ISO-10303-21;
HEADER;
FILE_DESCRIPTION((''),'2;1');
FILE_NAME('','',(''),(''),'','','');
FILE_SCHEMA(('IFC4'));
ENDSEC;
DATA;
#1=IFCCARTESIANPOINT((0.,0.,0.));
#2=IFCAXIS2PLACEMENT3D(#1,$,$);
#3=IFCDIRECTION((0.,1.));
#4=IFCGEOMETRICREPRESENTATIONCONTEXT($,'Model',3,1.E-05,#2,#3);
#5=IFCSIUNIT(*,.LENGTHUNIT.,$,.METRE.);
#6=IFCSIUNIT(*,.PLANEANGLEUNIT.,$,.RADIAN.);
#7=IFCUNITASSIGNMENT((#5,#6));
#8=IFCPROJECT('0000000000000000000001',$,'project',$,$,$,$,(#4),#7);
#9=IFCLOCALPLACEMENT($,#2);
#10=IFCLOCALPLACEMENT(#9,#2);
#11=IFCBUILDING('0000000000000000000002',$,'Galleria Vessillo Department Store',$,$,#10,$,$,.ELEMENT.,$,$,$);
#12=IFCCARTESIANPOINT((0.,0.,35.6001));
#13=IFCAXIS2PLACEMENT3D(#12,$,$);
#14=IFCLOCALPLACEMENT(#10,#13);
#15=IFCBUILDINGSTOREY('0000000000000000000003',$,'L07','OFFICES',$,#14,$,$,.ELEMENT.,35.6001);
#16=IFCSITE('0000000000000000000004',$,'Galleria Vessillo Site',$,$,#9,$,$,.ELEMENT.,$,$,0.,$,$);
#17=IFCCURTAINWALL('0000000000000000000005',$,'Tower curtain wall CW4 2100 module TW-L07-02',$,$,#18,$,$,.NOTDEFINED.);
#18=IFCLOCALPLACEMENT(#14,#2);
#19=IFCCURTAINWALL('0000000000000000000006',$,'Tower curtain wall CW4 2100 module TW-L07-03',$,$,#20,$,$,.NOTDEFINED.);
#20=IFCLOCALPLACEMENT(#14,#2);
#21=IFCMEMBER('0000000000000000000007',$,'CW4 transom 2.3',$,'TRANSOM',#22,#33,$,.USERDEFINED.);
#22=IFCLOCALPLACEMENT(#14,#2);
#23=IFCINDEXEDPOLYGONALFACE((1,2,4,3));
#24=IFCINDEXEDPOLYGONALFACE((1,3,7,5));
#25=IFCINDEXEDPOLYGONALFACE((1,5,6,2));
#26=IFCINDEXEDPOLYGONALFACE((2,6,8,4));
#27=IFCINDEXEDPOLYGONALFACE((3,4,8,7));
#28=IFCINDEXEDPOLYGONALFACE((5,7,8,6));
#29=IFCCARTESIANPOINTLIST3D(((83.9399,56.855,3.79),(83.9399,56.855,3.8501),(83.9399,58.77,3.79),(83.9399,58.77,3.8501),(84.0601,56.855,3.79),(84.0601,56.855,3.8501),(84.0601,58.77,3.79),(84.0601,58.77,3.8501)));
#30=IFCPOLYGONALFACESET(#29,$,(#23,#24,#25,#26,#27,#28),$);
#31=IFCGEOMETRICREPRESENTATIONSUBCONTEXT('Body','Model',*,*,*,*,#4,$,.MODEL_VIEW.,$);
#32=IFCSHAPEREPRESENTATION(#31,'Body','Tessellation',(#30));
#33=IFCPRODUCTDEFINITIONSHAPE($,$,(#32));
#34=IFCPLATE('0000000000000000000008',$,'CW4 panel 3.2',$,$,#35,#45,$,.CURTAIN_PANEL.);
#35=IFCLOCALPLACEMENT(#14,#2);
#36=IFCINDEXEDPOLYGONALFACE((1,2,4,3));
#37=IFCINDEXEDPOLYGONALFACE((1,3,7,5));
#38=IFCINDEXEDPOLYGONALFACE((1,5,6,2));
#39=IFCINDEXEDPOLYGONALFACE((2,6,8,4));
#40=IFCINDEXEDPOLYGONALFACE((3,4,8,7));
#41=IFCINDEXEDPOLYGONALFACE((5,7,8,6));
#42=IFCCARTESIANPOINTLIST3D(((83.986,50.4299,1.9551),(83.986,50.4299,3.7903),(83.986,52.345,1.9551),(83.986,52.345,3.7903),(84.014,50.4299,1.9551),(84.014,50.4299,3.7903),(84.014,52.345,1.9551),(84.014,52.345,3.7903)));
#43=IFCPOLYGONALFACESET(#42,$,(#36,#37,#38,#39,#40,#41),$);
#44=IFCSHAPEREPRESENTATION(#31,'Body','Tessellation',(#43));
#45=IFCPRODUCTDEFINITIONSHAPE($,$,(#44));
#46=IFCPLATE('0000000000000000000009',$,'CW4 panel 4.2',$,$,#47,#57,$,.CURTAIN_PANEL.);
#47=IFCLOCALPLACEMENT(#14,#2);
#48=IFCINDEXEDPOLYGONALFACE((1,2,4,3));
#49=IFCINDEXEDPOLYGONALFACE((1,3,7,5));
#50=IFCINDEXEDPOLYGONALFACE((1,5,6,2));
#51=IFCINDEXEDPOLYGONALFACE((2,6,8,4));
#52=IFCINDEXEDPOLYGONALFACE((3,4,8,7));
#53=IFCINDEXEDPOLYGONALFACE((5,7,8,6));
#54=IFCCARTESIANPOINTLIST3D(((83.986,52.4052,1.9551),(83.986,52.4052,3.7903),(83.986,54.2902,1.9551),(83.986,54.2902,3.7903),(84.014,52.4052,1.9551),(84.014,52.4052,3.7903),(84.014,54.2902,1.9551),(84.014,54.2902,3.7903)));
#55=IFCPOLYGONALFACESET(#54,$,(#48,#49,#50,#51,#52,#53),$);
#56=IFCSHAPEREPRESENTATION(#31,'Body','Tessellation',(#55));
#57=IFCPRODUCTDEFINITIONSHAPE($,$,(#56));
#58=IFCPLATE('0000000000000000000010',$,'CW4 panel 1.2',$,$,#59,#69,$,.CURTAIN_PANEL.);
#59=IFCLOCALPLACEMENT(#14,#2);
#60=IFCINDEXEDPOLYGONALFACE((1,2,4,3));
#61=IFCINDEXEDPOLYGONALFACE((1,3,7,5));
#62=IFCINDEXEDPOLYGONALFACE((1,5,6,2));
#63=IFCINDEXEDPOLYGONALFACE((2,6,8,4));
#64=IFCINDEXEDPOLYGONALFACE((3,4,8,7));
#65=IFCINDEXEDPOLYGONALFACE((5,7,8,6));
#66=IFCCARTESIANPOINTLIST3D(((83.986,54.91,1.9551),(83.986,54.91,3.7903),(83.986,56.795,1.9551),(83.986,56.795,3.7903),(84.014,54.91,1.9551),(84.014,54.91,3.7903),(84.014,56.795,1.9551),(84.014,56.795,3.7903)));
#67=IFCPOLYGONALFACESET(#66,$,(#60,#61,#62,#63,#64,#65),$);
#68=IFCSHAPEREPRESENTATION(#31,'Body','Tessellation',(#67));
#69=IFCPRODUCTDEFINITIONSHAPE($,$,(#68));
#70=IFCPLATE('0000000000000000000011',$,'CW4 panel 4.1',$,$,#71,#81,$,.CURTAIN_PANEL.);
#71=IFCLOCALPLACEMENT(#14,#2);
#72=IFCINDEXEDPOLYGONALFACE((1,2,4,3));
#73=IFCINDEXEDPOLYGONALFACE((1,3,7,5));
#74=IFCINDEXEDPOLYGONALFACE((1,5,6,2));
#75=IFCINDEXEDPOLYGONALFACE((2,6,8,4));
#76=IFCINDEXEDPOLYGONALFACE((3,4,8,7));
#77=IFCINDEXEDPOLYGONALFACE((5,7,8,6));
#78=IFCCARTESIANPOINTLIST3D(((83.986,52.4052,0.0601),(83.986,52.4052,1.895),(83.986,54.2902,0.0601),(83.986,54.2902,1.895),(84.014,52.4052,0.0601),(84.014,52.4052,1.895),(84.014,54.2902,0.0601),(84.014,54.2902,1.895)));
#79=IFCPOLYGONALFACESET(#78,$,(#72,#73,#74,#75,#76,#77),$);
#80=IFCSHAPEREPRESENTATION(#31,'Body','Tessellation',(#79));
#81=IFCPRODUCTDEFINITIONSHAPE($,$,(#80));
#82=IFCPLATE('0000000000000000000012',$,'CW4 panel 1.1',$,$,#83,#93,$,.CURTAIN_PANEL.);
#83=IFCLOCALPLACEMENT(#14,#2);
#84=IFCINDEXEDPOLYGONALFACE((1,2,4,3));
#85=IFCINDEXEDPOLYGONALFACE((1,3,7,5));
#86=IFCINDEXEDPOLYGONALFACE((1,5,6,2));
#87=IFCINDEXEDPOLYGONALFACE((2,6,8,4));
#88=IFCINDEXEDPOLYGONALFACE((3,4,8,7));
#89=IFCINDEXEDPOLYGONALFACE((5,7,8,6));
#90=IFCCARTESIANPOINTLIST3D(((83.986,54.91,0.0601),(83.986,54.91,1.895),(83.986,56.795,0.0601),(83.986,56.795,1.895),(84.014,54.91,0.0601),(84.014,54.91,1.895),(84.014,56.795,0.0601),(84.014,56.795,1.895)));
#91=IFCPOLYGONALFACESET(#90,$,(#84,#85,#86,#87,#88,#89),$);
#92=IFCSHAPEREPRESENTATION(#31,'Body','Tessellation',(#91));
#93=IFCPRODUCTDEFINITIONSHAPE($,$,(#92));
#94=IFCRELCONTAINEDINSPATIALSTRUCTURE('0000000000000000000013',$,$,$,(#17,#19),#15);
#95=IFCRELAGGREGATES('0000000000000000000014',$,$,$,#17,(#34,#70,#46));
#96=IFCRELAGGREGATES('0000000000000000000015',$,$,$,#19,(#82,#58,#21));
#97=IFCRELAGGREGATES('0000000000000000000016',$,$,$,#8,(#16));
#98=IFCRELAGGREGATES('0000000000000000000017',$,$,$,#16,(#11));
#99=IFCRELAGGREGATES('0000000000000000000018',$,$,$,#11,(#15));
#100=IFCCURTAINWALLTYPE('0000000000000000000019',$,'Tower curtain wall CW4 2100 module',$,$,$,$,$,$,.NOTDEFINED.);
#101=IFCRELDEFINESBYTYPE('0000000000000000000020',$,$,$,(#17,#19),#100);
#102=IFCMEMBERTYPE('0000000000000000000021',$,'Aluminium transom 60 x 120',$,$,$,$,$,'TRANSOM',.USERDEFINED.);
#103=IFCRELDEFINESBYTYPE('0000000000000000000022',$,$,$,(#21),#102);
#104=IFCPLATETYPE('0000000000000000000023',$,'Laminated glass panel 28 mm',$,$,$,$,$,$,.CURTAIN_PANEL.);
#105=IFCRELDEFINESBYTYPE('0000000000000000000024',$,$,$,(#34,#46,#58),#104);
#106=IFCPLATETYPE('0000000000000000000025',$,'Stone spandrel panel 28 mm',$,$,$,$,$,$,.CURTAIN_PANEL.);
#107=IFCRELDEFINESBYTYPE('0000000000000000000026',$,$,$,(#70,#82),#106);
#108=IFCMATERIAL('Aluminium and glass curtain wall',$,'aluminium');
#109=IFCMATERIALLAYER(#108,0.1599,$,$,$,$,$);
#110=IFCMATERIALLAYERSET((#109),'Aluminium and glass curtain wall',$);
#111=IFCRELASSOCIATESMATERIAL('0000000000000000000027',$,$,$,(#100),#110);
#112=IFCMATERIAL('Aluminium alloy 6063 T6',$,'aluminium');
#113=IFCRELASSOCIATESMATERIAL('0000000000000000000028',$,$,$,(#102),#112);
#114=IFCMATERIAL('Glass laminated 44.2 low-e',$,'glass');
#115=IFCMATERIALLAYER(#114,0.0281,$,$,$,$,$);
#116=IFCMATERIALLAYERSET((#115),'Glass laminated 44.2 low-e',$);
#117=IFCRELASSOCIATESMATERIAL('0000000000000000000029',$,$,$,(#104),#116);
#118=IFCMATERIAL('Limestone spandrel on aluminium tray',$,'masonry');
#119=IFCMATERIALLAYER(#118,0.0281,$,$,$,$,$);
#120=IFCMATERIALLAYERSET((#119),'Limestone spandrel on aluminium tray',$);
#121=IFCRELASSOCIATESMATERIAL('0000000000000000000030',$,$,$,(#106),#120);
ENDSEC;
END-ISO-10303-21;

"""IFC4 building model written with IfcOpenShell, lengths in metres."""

from ifc_helpers import new_model, si_unit, direction, frame, origin, origin_2d, place, context, subcontext, project, spatial, rectangle, extrude, material, layer, layer_set, material_profile, profile_set, type_object, element, aggregate, save


model = new_model("IFC4")

# Units and contexts
model_context = context("Model", 3, precision=1e-05, world=origin(), true_north=direction((0.0, 1.0)))
body_context = subcontext(model_context, "Body", "Model", "MODEL_VIEW")
ifc_project = project(units=[si_unit("LENGTHUNIT", "METRE"), si_unit("PLANEANGLEUNIT", "RADIAN")], contexts=[model_context])

# Site, building, storey
site_placement = place(None, origin())
site = spatial("IfcSite", under=ifc_project, at=site_placement, Name="Galleria Vessillo Site", CompositionType="ELEMENT", RefElevation=0.0)
building_placement = place(site_placement, origin())
building = spatial("IfcBuilding", under=site, at=building_placement, Name="Galleria Vessillo Department Store", CompositionType="ELEMENT")
storey_placement = place(building_placement, frame((0.0, 0.0, 35.6001)))
storey = spatial("IfcBuildingStorey", under=building, at=storey_placement, Name="L07", Description="OFFICES", CompositionType="ELEMENT", Elevation=35.6001)

# Curtain walls
ifc_material_1 = material(Name="Aluminium and glass curtain wall", Category="aluminium")
ifc_layer_1 = layer(ifc_material_1, 0.1599)
ifc_layer_set_1 = layer_set([ifc_layer_1], Name="Aluminium and glass curtain wall")
curtain_wall_type = type_object("IfcCurtainWallType", Name="Tower curtain wall CW4 2100 module", PredefinedType="NOTDEFINED", material=ifc_layer_set_1)
curtain_wall_1_placement = place(storey_placement, origin())
curtain_wall_1 = element("IfcCurtainWall", 1, at=curtain_wall_1_placement, inside=storey, type_object=curtain_wall_type, Name="Tower curtain wall CW4 2100 module TW-L07-02", PredefinedType="NOTDEFINED")
curtain_wall_2_placement = place(storey_placement, origin())
curtain_wall_2 = element("IfcCurtainWall", 2, at=curtain_wall_2_placement, inside=storey, type_object=curtain_wall_type, Name="Tower curtain wall CW4 2100 module TW-L07-03", PredefinedType="NOTDEFINED")

# Member
ifc_material_2 = material(Name="Aluminium alloy 6063 T6", Category="aluminium")
ifc_material_profile_1 = material_profile(ifc_material_2, rectangle(XDim=0.1201, YDim=0.0601, at=origin_2d()), Name="AL 60x120")
ifc_profile_set_1 = profile_set([ifc_material_profile_1], Name="Aluminium alloy 6063 T6")
member_type_1 = type_object("IfcMemberType", Name="Aluminium transom 60 x 120", ElementType="TRANSOM", PredefinedType="USERDEFINED", material=ifc_profile_set_1)
member_1_placement = place(storey_placement, frame((84.0, 56.855, 3.8201), z_axis=(0.0, 1.0, 0.0), x_axis=(-1.0, 0.0, 0.0)))
member_1 = element("IfcMember", 3, at=member_1_placement, type_object=member_type_1, Name="CW4 transom 2.3", ObjectType="TRANSOM", PredefinedType="USERDEFINED", context=body_context, shape_type="SweptSolid", body=[
    extrude(rectangle(XDim=0.1201, YDim=0.0601, at=origin_2d()), origin(), (0.0, 0.0, 1.0), 1.915),
])

# Plates
ifc_material_3 = material(Name="Glass laminated 44.2 low-e", Category="glass")
ifc_layer_2 = layer(ifc_material_3, 0.0281)
ifc_layer_set_2 = layer_set([ifc_layer_2], Name="Glass laminated 44.2 low-e")
plate_type_1 = type_object("IfcPlateType", Name="Laminated glass panel 28 mm", PredefinedType="CURTAIN_PANEL", material=ifc_layer_set_2)
plate_1_placement = place(storey_placement, frame((84.0, 51.3875, 1.9551), z_axis=(0.0, 0.0, 1.0), x_axis=(0.0, 1.0, 0.0)))
plate_1 = element("IfcPlate", 4, at=plate_1_placement, type_object=plate_type_1, Name="CW4 panel 3.2", PredefinedType="CURTAIN_PANEL", context=body_context, shape_type="SweptSolid", body=[
    extrude(rectangle(XDim=1.915, YDim=0.0281, at=origin_2d()), origin(), (0.0, 0.0, 1.0), 1.8352),
])
plate_2_placement = place(storey_placement, frame((84.0, 53.3477, 1.9551), z_axis=(0.0, 0.0, 1.0), x_axis=(0.0, 1.0, 0.0)))
plate_2 = element("IfcPlate", 5, at=plate_2_placement, type_object=plate_type_1, Name="CW4 panel 4.2", PredefinedType="CURTAIN_PANEL", context=body_context, shape_type="SweptSolid", body=[
    extrude(rectangle(XDim=1.885, YDim=0.0281, at=origin_2d()), origin(), (0.0, 0.0, 1.0), 1.8352),
])
plate_3_placement = place(storey_placement, frame((84.0, 55.8525, 1.9551), z_axis=(0.0, 0.0, 1.0), x_axis=(0.0, 1.0, 0.0)))
plate_3 = element("IfcPlate", 6, at=plate_3_placement, type_object=plate_type_1, Name="CW4 panel 1.2", PredefinedType="CURTAIN_PANEL", context=body_context, shape_type="SweptSolid", body=[
    extrude(rectangle(XDim=1.885, YDim=0.0281, at=origin_2d()), origin(), (0.0, 0.0, 1.0), 1.8352),
])
ifc_material_4 = material(Name="Limestone spandrel on aluminium tray", Category="masonry")
ifc_layer_3 = layer(ifc_material_4, 0.0281)
ifc_layer_set_3 = layer_set([ifc_layer_3], Name="Limestone spandrel on aluminium tray")
plate_type_2 = type_object("IfcPlateType", Name="Stone spandrel panel 28 mm", PredefinedType="CURTAIN_PANEL", material=ifc_layer_set_3)
plate_4_placement = place(storey_placement, frame((84.0, 53.3477, 0.0601), z_axis=(0.0, 0.0, 1.0), x_axis=(0.0, 1.0, 0.0)))
plate_4 = element("IfcPlate", 7, at=plate_4_placement, type_object=plate_type_2, Name="CW4 panel 4.1", PredefinedType="CURTAIN_PANEL", context=body_context, shape_type="SweptSolid", body=[
    extrude(rectangle(XDim=1.885, YDim=0.0281, at=origin_2d()), origin(), (0.0, 0.0, 1.0), 1.835),
])
aggregate(curtain_wall_1, [plate_1, plate_4, plate_2])
plate_5_placement = place(storey_placement, frame((84.0, 55.8525, 0.0601), z_axis=(0.0, 0.0, 1.0), x_axis=(0.0, 1.0, 0.0)))
plate_5 = element("IfcPlate", 8, at=plate_5_placement, type_object=plate_type_2, Name="CW4 panel 1.1", PredefinedType="CURTAIN_PANEL", context=body_context, shape_type="SweptSolid", body=[
    extrude(rectangle(XDim=1.885, YDim=0.0281, at=origin_2d()), origin(), (0.0, 0.0, 1.0), 1.835),
])
aggregate(curtain_wall_2, [plate_5, plate_3, member_1])

save(model, "model.ifc")
